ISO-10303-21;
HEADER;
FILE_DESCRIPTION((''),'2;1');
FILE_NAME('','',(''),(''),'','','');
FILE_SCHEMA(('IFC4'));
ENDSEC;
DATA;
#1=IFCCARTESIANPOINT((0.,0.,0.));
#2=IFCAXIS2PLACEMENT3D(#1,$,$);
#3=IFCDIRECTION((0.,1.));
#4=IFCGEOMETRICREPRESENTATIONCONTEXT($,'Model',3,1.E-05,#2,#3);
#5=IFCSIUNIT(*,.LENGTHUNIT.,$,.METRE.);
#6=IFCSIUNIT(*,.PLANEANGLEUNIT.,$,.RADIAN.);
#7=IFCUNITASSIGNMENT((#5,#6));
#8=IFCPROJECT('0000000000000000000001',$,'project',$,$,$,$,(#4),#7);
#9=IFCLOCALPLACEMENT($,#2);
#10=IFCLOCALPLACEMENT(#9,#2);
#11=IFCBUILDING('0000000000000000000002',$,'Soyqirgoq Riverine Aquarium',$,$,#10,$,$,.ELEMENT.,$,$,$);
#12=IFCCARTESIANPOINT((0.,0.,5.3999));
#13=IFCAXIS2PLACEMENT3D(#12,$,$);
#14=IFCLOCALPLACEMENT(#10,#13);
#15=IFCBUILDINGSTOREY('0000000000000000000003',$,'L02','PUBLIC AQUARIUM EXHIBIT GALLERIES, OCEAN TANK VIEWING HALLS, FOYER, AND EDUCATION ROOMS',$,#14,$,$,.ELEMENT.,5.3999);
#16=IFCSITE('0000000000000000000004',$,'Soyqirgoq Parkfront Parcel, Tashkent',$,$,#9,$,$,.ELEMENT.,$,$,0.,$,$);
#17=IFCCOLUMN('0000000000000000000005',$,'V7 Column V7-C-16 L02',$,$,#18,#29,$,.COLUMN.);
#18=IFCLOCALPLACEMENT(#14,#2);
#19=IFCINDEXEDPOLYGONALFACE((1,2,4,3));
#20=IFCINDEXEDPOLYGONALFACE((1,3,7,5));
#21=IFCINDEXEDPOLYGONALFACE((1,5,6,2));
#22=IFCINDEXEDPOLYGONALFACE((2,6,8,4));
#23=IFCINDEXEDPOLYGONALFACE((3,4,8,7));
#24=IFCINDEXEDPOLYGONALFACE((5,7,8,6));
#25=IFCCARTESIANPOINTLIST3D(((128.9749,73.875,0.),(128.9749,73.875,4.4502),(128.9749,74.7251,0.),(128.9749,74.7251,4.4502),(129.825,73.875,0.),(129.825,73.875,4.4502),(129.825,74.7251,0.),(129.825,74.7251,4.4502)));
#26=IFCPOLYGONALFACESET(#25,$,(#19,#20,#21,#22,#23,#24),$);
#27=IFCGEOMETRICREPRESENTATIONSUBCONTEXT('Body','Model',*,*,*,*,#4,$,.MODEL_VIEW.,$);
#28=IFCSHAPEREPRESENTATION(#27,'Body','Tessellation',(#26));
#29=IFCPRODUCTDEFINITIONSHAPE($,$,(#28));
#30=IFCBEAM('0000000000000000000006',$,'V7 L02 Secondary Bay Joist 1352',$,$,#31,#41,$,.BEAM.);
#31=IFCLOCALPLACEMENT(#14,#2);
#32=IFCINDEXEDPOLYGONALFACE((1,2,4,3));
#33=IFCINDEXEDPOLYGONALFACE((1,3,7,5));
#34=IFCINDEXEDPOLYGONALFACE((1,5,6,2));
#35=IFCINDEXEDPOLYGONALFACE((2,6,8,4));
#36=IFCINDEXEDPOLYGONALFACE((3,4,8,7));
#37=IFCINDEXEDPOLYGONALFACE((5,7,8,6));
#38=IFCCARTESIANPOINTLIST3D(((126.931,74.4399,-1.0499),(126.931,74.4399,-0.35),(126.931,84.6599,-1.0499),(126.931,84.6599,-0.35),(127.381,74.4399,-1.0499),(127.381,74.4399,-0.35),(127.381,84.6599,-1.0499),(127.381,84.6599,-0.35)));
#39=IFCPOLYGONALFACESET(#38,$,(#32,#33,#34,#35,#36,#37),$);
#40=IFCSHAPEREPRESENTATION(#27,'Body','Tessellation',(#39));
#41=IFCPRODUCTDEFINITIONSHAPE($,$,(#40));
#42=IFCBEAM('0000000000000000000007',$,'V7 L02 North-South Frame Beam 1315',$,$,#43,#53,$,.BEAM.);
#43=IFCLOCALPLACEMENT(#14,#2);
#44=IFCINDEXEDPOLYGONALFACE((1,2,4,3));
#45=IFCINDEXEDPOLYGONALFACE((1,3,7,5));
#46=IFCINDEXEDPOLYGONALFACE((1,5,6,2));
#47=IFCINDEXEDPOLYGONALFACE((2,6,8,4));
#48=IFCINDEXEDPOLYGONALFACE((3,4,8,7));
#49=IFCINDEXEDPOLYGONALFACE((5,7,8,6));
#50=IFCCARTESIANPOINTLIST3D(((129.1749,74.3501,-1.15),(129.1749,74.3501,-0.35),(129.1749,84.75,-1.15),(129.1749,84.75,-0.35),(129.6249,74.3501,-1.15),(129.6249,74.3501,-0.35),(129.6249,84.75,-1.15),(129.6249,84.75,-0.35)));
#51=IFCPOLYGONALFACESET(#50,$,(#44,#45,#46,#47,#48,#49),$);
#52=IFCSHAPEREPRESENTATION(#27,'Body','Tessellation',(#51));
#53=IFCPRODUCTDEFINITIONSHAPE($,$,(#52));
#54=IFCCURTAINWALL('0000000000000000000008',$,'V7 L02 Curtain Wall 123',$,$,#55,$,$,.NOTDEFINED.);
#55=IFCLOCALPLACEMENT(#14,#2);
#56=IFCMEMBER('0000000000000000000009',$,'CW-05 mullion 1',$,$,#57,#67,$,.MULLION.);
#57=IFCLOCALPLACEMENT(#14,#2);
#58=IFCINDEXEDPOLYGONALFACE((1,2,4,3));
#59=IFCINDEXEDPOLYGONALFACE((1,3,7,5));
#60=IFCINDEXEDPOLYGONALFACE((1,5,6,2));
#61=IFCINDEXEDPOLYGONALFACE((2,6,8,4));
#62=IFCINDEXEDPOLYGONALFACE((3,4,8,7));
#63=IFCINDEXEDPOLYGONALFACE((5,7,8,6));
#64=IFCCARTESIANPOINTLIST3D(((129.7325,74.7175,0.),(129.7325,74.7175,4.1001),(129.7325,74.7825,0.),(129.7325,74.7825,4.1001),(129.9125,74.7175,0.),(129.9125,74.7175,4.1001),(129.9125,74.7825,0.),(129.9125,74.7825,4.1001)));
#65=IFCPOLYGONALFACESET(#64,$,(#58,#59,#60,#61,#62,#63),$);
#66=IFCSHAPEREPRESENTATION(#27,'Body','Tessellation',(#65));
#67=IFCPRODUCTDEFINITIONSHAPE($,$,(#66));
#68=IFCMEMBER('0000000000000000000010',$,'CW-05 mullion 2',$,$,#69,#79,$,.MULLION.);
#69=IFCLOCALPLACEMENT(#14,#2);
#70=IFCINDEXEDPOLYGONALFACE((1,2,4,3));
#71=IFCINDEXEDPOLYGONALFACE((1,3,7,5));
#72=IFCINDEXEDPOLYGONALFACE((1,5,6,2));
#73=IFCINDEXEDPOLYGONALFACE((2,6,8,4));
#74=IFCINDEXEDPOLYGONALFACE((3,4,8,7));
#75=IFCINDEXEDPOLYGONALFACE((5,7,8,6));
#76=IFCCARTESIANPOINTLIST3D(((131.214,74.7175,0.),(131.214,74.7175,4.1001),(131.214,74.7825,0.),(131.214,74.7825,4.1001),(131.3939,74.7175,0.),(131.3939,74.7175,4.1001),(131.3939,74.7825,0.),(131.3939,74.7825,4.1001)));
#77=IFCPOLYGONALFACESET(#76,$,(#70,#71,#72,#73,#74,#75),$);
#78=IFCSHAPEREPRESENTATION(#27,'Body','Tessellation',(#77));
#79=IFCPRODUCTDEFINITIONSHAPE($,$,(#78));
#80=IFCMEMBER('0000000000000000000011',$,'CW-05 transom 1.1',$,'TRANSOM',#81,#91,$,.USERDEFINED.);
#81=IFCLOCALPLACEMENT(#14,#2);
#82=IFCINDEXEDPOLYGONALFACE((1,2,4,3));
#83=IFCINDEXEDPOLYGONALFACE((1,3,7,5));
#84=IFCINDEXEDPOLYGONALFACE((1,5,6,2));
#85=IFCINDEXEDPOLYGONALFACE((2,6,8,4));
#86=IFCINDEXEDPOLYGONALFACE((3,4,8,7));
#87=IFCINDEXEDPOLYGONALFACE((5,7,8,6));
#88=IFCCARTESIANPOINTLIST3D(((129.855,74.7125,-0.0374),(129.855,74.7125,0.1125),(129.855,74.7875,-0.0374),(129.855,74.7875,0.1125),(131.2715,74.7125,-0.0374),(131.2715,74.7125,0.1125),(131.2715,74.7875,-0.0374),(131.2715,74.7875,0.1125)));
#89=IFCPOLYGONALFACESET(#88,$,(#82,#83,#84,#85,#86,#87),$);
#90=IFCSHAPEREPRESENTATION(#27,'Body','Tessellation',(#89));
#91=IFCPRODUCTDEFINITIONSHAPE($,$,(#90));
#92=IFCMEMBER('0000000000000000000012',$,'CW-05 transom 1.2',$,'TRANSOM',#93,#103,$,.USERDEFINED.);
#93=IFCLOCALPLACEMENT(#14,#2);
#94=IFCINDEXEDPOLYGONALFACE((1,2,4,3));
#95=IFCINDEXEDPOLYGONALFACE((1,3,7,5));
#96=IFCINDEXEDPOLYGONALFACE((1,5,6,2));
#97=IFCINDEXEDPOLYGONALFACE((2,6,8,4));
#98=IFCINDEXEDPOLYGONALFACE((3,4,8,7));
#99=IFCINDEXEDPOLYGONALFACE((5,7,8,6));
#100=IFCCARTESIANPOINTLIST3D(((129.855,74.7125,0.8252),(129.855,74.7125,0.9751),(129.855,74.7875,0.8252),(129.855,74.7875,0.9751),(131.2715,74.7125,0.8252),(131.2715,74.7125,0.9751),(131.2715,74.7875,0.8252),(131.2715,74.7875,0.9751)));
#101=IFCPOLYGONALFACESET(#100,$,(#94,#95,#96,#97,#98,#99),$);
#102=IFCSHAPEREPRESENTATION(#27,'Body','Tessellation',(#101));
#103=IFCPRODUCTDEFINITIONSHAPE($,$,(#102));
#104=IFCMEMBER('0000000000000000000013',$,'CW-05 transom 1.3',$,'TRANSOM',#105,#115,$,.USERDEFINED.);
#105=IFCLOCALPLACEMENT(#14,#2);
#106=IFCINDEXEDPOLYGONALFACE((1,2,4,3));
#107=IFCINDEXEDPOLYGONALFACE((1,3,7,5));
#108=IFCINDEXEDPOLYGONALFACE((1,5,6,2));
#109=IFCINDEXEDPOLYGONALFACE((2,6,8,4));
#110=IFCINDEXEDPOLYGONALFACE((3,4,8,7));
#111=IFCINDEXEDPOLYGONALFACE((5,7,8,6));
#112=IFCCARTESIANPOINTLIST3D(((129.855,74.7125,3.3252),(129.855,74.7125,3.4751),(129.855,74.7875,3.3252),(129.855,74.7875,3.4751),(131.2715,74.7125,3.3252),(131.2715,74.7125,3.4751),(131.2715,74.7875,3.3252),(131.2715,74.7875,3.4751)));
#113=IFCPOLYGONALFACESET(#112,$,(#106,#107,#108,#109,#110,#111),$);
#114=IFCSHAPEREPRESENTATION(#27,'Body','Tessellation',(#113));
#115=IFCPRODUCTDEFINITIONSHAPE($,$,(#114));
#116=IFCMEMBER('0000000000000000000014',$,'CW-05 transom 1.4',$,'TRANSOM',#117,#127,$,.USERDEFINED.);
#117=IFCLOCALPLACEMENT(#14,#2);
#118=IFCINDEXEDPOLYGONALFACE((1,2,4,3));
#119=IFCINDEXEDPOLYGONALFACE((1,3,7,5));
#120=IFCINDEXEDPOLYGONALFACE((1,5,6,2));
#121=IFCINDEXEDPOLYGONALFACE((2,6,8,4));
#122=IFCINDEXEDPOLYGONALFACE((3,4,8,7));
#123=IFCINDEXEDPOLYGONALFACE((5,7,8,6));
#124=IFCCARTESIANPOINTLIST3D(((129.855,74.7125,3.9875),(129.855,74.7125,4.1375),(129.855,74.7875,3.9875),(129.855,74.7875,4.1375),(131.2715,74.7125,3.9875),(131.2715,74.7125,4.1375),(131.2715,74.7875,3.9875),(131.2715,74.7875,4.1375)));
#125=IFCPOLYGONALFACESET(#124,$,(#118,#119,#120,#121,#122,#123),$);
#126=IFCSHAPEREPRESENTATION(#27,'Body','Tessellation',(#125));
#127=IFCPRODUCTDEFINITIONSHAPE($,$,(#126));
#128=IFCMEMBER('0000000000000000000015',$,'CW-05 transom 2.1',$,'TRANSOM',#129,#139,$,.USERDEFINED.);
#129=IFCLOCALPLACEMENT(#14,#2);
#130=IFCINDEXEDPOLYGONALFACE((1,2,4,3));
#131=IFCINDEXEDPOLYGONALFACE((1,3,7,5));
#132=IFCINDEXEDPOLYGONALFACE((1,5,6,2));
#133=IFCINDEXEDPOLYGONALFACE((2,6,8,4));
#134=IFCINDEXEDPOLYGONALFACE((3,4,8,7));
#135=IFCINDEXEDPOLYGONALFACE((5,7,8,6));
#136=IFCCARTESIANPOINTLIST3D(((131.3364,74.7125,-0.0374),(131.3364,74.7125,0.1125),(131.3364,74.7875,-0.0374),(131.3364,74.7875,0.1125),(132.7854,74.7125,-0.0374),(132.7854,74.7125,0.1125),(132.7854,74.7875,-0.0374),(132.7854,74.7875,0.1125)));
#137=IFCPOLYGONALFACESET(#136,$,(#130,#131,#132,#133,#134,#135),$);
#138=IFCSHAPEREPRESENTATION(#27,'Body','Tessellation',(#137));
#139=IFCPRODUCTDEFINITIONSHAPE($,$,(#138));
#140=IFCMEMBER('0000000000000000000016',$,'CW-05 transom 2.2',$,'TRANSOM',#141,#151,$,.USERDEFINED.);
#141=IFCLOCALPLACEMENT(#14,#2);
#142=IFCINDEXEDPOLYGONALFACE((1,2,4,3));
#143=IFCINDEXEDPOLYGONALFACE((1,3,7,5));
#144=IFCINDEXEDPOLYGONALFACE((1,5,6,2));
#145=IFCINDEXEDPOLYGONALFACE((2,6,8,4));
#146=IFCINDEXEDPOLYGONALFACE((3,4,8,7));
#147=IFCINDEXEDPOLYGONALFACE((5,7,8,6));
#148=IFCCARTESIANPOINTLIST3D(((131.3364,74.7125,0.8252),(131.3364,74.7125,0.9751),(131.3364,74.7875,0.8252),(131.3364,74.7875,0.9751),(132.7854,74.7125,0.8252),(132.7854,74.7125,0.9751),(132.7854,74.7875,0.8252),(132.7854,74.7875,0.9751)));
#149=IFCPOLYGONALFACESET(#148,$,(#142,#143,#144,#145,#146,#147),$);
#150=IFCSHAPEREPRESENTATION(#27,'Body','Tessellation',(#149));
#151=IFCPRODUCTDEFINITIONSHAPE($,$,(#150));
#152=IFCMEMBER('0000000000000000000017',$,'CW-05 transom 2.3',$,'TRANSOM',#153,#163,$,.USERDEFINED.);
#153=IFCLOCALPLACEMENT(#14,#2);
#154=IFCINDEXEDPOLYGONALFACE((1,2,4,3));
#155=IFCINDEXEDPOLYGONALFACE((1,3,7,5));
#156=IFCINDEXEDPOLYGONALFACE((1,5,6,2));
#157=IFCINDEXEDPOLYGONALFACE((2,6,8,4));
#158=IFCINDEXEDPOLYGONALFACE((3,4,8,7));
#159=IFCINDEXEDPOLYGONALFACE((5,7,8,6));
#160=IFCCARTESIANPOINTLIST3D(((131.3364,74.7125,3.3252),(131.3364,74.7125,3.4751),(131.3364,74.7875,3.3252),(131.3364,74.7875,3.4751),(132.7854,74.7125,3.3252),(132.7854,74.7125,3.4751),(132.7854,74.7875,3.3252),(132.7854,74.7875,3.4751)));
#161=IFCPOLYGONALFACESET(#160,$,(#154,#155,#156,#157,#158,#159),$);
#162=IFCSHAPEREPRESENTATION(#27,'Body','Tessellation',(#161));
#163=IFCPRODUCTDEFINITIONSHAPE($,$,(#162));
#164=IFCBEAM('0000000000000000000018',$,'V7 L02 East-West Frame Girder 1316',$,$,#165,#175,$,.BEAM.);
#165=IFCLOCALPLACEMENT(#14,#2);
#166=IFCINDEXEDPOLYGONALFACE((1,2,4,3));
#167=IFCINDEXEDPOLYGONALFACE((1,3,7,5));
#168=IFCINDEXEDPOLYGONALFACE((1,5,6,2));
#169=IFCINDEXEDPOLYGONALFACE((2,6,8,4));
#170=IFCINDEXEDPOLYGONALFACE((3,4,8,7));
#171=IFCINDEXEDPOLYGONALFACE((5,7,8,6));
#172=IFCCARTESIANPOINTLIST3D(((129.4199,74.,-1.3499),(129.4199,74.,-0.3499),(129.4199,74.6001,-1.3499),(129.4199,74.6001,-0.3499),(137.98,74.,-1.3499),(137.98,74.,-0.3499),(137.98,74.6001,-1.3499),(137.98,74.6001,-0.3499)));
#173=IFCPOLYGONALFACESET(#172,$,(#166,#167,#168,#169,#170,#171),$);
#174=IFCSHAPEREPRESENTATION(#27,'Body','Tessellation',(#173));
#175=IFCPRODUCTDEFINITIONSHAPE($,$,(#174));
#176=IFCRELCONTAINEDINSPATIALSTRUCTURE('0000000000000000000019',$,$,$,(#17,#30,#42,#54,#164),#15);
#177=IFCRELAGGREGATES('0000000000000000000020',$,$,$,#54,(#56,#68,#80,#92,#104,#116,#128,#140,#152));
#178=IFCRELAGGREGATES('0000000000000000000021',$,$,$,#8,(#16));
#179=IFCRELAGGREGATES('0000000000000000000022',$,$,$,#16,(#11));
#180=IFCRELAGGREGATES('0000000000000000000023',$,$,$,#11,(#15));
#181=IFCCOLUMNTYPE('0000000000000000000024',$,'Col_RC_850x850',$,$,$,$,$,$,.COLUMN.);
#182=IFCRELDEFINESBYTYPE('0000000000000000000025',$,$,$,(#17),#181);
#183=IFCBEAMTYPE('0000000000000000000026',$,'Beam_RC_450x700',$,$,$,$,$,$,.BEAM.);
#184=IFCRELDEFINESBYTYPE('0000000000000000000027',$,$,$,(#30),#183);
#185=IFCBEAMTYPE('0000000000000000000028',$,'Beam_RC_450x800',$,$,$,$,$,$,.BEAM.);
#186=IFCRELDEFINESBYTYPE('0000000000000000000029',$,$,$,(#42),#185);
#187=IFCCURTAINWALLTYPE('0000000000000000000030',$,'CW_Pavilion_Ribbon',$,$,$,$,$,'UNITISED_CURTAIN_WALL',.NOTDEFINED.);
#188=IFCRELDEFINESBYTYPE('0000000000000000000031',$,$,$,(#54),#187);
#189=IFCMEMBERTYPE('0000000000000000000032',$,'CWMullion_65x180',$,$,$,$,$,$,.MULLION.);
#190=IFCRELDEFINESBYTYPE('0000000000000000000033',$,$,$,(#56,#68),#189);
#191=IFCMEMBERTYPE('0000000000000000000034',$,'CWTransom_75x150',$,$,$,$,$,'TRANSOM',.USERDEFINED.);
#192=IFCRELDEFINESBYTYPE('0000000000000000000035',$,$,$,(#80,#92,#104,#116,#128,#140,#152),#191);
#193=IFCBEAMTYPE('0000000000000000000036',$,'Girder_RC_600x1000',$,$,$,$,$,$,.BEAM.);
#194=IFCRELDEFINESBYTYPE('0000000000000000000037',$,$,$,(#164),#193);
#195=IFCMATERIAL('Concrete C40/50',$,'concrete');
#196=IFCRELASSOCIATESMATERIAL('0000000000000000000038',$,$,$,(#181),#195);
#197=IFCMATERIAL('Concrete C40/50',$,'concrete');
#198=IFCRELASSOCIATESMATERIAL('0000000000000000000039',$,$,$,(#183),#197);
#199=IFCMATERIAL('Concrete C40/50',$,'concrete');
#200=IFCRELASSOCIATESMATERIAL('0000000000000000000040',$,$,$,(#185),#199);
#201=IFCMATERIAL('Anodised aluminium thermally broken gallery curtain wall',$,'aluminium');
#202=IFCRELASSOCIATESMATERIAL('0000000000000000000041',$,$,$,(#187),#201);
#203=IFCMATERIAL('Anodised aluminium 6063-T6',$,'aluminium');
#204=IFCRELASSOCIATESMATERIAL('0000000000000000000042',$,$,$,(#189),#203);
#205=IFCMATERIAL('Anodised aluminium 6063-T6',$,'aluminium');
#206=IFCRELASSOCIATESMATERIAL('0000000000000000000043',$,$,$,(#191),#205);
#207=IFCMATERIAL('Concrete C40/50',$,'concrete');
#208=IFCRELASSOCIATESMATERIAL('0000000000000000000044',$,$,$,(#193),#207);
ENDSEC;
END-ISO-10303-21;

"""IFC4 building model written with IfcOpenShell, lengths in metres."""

from ifc_helpers import new_model, si_unit, direction, frame, origin, origin_2d, place, context, subcontext, project, spatial, rectangle, extrude, material, material_profile, profile_set, type_object, element, aggregate, save


model = new_model("IFC4")

# Units and contexts
model_context = context("Model", 3, precision=1e-05, world=origin(), true_north=direction((0.0, 1.0)))
body_context = subcontext(model_context, "Body", "Model", "MODEL_VIEW")
ifc_project = project(units=[si_unit("LENGTHUNIT", "METRE"), si_unit("PLANEANGLEUNIT", "RADIAN")], contexts=[model_context])

# Site, building, storey
site_placement = place(None, origin())
site = spatial("IfcSite", under=ifc_project, at=site_placement, Name="Soyqirgoq Parkfront Parcel, Tashkent", CompositionType="ELEMENT", RefElevation=0.0)
building_placement = place(site_placement, origin())
building = spatial("IfcBuilding", under=site, at=building_placement, Name="Soyqirgoq Riverine Aquarium", CompositionType="ELEMENT")
storey_placement = place(building_placement, frame((0.0, 0.0, 5.3999)))
storey = spatial("IfcBuildingStorey", under=building, at=storey_placement, Name="L02", Description="PUBLIC AQUARIUM EXHIBIT GALLERIES, OCEAN TANK VIEWING HALLS, FOYER, AND EDUCATION ROOMS", CompositionType="ELEMENT", Elevation=5.3999)

# Column
ifc_material_1 = material(Name="Concrete C40/50", Category="concrete")
ifc_material_profile_1 = material_profile(ifc_material_1, rectangle(XDim=0.8501, YDim=0.8501, at=origin_2d()), Name="RC 850x850")
ifc_profile_set_1 = profile_set([ifc_material_profile_1], Name="Concrete C40/50")
column_type = type_object("IfcColumnType", Name="Col_RC_850x850", PredefinedType="COLUMN", material=ifc_profile_set_1)
column_placement = place(storey_placement, frame((129.3999, 74.3, 0.0), z_axis=(0.0, 0.0, 1.0), x_axis=(1.0, 0.0, 0.0)))
element("IfcColumn", 1, at=column_placement, inside=storey, type_object=column_type, Name="V7 Column V7-C-16 L02", PredefinedType="COLUMN", context=body_context, shape_type="SweptSolid", body=[
    extrude(rectangle(XDim=0.8501, YDim=0.8501, at=origin_2d()), origin(), (0.0, 0.0, 1.0), 4.4502),
])

# Beams
ifc_material_2 = material(Name="Concrete C40/50", Category="concrete")
ifc_material_profile_2 = material_profile(ifc_material_2, rectangle(XDim=0.45, YDim=0.7, at=origin_2d()), Name="RC 450x700")
ifc_profile_set_2 = profile_set([ifc_material_profile_2], Name="Concrete C40/50")
beam_type_1 = type_object("IfcBeamType", Name="Beam_RC_450x700", PredefinedType="BEAM", material=ifc_profile_set_2)
beam_1_placement = place(storey_placement, frame((127.156, 74.4399, -0.7), z_axis=(0.0, 1.0, 0.0), x_axis=(-1.0, 0.0, 0.0)))
element("IfcBeam", 2, at=beam_1_placement, inside=storey, type_object=beam_type_1, Name="V7 L02 Secondary Bay Joist 1352", PredefinedType="BEAM", context=body_context, shape_type="SweptSolid", body=[
    extrude(rectangle(XDim=0.45, YDim=0.7, at=origin_2d()), origin(), (0.0, 0.0, 1.0), 10.22),
])
ifc_material_3 = material(Name="Concrete C40/50", Category="concrete")
ifc_material_profile_3 = material_profile(ifc_material_3, rectangle(XDim=0.45, YDim=0.8, at=origin_2d()), Name="RC 450x800")
ifc_profile_set_3 = profile_set([ifc_material_profile_3], Name="Concrete C40/50")
beam_type_2 = type_object("IfcBeamType", Name="Beam_RC_450x800", PredefinedType="BEAM", material=ifc_profile_set_3)
beam_2_placement = place(storey_placement, frame((129.3999, 74.3501, -0.75), z_axis=(0.0, 1.0, 0.0), x_axis=(-1.0, 0.0, 0.0)))
element("IfcBeam", 3, at=beam_2_placement, inside=storey, type_object=beam_type_2, Name="V7 L02 North-South Frame Beam 1315", PredefinedType="BEAM", context=body_context, shape_type="SweptSolid", body=[
    extrude(rectangle(XDim=0.45, YDim=0.8, at=origin_2d()), origin(), (0.0, 0.0, 1.0), 10.3999),
])

# Curtain wall, members
ifc_material_4 = material(Name="Anodised aluminium thermally broken gallery curtain wall", Category="aluminium")
curtain_wall_type = type_object("IfcCurtainWallType", Name="CW_Pavilion_Ribbon", ElementType="UNITISED_CURTAIN_WALL", PredefinedType="NOTDEFINED", material=ifc_material_4)
curtain_wall_placement = place(storey_placement, origin())
curtain_wall = element("IfcCurtainWall", 4, at=curtain_wall_placement, inside=storey, type_object=curtain_wall_type, Name="V7 L02 Curtain Wall 123", PredefinedType="NOTDEFINED")
ifc_material_5 = material(Name="Anodised aluminium 6063-T6", Category="aluminium")
ifc_material_profile_4 = material_profile(ifc_material_5, rectangle(XDim=0.0649, YDim=0.1799, at=origin_2d()), Name="ALU-M 65x180")
ifc_profile_set_4 = profile_set([ifc_material_profile_4], Name="Anodised aluminium 6063-T6")
member_type_1 = type_object("IfcMemberType", Name="CWMullion_65x180", PredefinedType="MULLION", material=ifc_profile_set_4)
member_1_placement = place(storey_placement, frame((129.8225, 74.75, 0.0), z_axis=(0.0, 0.0, 1.0), x_axis=(0.0, 1.0, 0.0)))
member_1 = element("IfcMember", 5, at=member_1_placement, type_object=member_type_1, Name="CW-05 mullion 1", PredefinedType="MULLION", context=body_context, shape_type="SweptSolid", body=[
    extrude(rectangle(XDim=0.0649, YDim=0.1799, at=origin_2d()), origin(), (0.0, 0.0, 1.0), 4.1001),
])
member_2_placement = place(storey_placement, frame((131.304, 74.75, 0.0), z_axis=(0.0, 0.0, 1.0), x_axis=(0.0, 1.0, 0.0)))
member_2 = element("IfcMember", 6, at=member_2_placement, type_object=member_type_1, Name="CW-05 mullion 2", PredefinedType="MULLION", context=body_context, shape_type="SweptSolid", body=[
    extrude(rectangle(XDim=0.0649, YDim=0.1799, at=origin_2d()), origin(), (0.0, 0.0, 1.0), 4.1001),
])
ifc_material_6 = material(Name="Anodised aluminium 6063-T6", Category="aluminium")
ifc_material_profile_5 = material_profile(ifc_material_6, rectangle(XDim=0.075, YDim=0.1499, at=origin_2d()), Name="ALU-T 75x150")
ifc_profile_set_5 = profile_set([ifc_material_profile_5], Name="Anodised aluminium 6063-T6")
member_type_2 = type_object("IfcMemberType", Name="CWTransom_75x150", ElementType="TRANSOM", PredefinedType="USERDEFINED", material=ifc_profile_set_5)
member_3_placement = place(storey_placement, frame((129.855, 74.75, 0.0376), z_axis=(1.0, 0.0, 0.0), x_axis=(0.0, 1.0, 0.0)))
member_3 = element("IfcMember", 7, at=member_3_placement, type_object=member_type_2, Name="CW-05 transom 1.1", ObjectType="TRANSOM", PredefinedType="USERDEFINED", context=body_context, shape_type="SweptSolid", body=[
    extrude(rectangle(XDim=0.075, YDim=0.1499, at=origin_2d()), origin(), (0.0, 0.0, 1.0), 1.4165),
])
member_4_placement = place(storey_placement, frame((129.855, 74.75, 0.9001), z_axis=(1.0, 0.0, 0.0), x_axis=(0.0, 1.0, 0.0)))
member_4 = element("IfcMember", 8, at=member_4_placement, type_object=member_type_2, Name="CW-05 transom 1.2", ObjectType="TRANSOM", PredefinedType="USERDEFINED", context=body_context, shape_type="SweptSolid", body=[
    extrude(rectangle(XDim=0.075, YDim=0.1499, at=origin_2d()), origin(), (0.0, 0.0, 1.0), 1.4165),
])
member_5_placement = place(storey_placement, frame((129.855, 74.75, 3.4001), z_axis=(1.0, 0.0, 0.0), x_axis=(0.0, 1.0, 0.0)))
member_5 = element("IfcMember", 9, at=member_5_placement, type_object=member_type_2, Name="CW-05 transom 1.3", ObjectType="TRANSOM", PredefinedType="USERDEFINED", context=body_context, shape_type="SweptSolid", body=[
    extrude(rectangle(XDim=0.075, YDim=0.1499, at=origin_2d()), origin(), (0.0, 0.0, 1.0), 1.4165),
])
member_6_placement = place(storey_placement, frame((129.855, 74.75, 4.0625), z_axis=(1.0, 0.0, 0.0), x_axis=(0.0, 1.0, 0.0)))
member_6 = element("IfcMember", 10, at=member_6_placement, type_object=member_type_2, Name="CW-05 transom 1.4", ObjectType="TRANSOM", PredefinedType="USERDEFINED", context=body_context, shape_type="SweptSolid", body=[
    extrude(rectangle(XDim=0.075, YDim=0.1499, at=origin_2d()), origin(), (0.0, 0.0, 1.0), 1.4165),
])
member_7_placement = place(storey_placement, frame((131.3364, 74.75, 0.0376), z_axis=(1.0, 0.0, 0.0), x_axis=(0.0, 1.0, 0.0)))
member_7 = element("IfcMember", 11, at=member_7_placement, type_object=member_type_2, Name="CW-05 transom 2.1", ObjectType="TRANSOM", PredefinedType="USERDEFINED", context=body_context, shape_type="SweptSolid", body=[
    extrude(rectangle(XDim=0.075, YDim=0.1499, at=origin_2d()), origin(), (0.0, 0.0, 1.0), 1.449),
])
member_8_placement = place(storey_placement, frame((131.3364, 74.75, 0.9001), z_axis=(1.0, 0.0, 0.0), x_axis=(0.0, 1.0, 0.0)))
member_8 = element("IfcMember", 12, at=member_8_placement, type_object=member_type_2, Name="CW-05 transom 2.2", ObjectType="TRANSOM", PredefinedType="USERDEFINED", context=body_context, shape_type="SweptSolid", body=[
    extrude(rectangle(XDim=0.075, YDim=0.1499, at=origin_2d()), origin(), (0.0, 0.0, 1.0), 1.449),
])
member_9_placement = place(storey_placement, frame((131.3364, 74.75, 3.4001), z_axis=(1.0, 0.0, 0.0), x_axis=(0.0, 1.0, 0.0)))
member_9 = element("IfcMember", 13, at=member_9_placement, type_object=member_type_2, Name="CW-05 transom 2.3", ObjectType="TRANSOM", PredefinedType="USERDEFINED", context=body_context, shape_type="SweptSolid", body=[
    extrude(rectangle(XDim=0.075, YDim=0.1499, at=origin_2d()), origin(), (0.0, 0.0, 1.0), 1.449),
])

# Beam
ifc_material_7 = material(Name="Concrete C40/50", Category="concrete")
ifc_material_profile_6 = material_profile(ifc_material_7, rectangle(XDim=0.6001, YDim=1.0, at=origin_2d()), Name="RC 600x1000")
ifc_profile_set_6 = profile_set([ifc_material_profile_6], Name="Concrete C40/50")
beam_type_3 = type_object("IfcBeamType", Name="Girder_RC_600x1000", PredefinedType="BEAM", material=ifc_profile_set_6)
beam_3_placement = place(storey_placement, frame((129.4199, 74.3, -0.8499), z_axis=(1.0, 0.0, 0.0), x_axis=(0.0, 1.0, 0.0)))
element("IfcBeam", 14, at=beam_3_placement, inside=storey, type_object=beam_type_3, Name="V7 L02 East-West Frame Girder 1316", PredefinedType="BEAM", context=body_context, shape_type="SweptSolid", body=[
    extrude(rectangle(XDim=0.6001, YDim=1.0, at=origin_2d()), origin(), (0.0, 0.0, 1.0), 8.5601),
])

aggregate(curtain_wall, [member_1, member_2, member_3, member_4, member_5, member_6, member_7, member_8, member_9])

save(model, "model.ifc")
